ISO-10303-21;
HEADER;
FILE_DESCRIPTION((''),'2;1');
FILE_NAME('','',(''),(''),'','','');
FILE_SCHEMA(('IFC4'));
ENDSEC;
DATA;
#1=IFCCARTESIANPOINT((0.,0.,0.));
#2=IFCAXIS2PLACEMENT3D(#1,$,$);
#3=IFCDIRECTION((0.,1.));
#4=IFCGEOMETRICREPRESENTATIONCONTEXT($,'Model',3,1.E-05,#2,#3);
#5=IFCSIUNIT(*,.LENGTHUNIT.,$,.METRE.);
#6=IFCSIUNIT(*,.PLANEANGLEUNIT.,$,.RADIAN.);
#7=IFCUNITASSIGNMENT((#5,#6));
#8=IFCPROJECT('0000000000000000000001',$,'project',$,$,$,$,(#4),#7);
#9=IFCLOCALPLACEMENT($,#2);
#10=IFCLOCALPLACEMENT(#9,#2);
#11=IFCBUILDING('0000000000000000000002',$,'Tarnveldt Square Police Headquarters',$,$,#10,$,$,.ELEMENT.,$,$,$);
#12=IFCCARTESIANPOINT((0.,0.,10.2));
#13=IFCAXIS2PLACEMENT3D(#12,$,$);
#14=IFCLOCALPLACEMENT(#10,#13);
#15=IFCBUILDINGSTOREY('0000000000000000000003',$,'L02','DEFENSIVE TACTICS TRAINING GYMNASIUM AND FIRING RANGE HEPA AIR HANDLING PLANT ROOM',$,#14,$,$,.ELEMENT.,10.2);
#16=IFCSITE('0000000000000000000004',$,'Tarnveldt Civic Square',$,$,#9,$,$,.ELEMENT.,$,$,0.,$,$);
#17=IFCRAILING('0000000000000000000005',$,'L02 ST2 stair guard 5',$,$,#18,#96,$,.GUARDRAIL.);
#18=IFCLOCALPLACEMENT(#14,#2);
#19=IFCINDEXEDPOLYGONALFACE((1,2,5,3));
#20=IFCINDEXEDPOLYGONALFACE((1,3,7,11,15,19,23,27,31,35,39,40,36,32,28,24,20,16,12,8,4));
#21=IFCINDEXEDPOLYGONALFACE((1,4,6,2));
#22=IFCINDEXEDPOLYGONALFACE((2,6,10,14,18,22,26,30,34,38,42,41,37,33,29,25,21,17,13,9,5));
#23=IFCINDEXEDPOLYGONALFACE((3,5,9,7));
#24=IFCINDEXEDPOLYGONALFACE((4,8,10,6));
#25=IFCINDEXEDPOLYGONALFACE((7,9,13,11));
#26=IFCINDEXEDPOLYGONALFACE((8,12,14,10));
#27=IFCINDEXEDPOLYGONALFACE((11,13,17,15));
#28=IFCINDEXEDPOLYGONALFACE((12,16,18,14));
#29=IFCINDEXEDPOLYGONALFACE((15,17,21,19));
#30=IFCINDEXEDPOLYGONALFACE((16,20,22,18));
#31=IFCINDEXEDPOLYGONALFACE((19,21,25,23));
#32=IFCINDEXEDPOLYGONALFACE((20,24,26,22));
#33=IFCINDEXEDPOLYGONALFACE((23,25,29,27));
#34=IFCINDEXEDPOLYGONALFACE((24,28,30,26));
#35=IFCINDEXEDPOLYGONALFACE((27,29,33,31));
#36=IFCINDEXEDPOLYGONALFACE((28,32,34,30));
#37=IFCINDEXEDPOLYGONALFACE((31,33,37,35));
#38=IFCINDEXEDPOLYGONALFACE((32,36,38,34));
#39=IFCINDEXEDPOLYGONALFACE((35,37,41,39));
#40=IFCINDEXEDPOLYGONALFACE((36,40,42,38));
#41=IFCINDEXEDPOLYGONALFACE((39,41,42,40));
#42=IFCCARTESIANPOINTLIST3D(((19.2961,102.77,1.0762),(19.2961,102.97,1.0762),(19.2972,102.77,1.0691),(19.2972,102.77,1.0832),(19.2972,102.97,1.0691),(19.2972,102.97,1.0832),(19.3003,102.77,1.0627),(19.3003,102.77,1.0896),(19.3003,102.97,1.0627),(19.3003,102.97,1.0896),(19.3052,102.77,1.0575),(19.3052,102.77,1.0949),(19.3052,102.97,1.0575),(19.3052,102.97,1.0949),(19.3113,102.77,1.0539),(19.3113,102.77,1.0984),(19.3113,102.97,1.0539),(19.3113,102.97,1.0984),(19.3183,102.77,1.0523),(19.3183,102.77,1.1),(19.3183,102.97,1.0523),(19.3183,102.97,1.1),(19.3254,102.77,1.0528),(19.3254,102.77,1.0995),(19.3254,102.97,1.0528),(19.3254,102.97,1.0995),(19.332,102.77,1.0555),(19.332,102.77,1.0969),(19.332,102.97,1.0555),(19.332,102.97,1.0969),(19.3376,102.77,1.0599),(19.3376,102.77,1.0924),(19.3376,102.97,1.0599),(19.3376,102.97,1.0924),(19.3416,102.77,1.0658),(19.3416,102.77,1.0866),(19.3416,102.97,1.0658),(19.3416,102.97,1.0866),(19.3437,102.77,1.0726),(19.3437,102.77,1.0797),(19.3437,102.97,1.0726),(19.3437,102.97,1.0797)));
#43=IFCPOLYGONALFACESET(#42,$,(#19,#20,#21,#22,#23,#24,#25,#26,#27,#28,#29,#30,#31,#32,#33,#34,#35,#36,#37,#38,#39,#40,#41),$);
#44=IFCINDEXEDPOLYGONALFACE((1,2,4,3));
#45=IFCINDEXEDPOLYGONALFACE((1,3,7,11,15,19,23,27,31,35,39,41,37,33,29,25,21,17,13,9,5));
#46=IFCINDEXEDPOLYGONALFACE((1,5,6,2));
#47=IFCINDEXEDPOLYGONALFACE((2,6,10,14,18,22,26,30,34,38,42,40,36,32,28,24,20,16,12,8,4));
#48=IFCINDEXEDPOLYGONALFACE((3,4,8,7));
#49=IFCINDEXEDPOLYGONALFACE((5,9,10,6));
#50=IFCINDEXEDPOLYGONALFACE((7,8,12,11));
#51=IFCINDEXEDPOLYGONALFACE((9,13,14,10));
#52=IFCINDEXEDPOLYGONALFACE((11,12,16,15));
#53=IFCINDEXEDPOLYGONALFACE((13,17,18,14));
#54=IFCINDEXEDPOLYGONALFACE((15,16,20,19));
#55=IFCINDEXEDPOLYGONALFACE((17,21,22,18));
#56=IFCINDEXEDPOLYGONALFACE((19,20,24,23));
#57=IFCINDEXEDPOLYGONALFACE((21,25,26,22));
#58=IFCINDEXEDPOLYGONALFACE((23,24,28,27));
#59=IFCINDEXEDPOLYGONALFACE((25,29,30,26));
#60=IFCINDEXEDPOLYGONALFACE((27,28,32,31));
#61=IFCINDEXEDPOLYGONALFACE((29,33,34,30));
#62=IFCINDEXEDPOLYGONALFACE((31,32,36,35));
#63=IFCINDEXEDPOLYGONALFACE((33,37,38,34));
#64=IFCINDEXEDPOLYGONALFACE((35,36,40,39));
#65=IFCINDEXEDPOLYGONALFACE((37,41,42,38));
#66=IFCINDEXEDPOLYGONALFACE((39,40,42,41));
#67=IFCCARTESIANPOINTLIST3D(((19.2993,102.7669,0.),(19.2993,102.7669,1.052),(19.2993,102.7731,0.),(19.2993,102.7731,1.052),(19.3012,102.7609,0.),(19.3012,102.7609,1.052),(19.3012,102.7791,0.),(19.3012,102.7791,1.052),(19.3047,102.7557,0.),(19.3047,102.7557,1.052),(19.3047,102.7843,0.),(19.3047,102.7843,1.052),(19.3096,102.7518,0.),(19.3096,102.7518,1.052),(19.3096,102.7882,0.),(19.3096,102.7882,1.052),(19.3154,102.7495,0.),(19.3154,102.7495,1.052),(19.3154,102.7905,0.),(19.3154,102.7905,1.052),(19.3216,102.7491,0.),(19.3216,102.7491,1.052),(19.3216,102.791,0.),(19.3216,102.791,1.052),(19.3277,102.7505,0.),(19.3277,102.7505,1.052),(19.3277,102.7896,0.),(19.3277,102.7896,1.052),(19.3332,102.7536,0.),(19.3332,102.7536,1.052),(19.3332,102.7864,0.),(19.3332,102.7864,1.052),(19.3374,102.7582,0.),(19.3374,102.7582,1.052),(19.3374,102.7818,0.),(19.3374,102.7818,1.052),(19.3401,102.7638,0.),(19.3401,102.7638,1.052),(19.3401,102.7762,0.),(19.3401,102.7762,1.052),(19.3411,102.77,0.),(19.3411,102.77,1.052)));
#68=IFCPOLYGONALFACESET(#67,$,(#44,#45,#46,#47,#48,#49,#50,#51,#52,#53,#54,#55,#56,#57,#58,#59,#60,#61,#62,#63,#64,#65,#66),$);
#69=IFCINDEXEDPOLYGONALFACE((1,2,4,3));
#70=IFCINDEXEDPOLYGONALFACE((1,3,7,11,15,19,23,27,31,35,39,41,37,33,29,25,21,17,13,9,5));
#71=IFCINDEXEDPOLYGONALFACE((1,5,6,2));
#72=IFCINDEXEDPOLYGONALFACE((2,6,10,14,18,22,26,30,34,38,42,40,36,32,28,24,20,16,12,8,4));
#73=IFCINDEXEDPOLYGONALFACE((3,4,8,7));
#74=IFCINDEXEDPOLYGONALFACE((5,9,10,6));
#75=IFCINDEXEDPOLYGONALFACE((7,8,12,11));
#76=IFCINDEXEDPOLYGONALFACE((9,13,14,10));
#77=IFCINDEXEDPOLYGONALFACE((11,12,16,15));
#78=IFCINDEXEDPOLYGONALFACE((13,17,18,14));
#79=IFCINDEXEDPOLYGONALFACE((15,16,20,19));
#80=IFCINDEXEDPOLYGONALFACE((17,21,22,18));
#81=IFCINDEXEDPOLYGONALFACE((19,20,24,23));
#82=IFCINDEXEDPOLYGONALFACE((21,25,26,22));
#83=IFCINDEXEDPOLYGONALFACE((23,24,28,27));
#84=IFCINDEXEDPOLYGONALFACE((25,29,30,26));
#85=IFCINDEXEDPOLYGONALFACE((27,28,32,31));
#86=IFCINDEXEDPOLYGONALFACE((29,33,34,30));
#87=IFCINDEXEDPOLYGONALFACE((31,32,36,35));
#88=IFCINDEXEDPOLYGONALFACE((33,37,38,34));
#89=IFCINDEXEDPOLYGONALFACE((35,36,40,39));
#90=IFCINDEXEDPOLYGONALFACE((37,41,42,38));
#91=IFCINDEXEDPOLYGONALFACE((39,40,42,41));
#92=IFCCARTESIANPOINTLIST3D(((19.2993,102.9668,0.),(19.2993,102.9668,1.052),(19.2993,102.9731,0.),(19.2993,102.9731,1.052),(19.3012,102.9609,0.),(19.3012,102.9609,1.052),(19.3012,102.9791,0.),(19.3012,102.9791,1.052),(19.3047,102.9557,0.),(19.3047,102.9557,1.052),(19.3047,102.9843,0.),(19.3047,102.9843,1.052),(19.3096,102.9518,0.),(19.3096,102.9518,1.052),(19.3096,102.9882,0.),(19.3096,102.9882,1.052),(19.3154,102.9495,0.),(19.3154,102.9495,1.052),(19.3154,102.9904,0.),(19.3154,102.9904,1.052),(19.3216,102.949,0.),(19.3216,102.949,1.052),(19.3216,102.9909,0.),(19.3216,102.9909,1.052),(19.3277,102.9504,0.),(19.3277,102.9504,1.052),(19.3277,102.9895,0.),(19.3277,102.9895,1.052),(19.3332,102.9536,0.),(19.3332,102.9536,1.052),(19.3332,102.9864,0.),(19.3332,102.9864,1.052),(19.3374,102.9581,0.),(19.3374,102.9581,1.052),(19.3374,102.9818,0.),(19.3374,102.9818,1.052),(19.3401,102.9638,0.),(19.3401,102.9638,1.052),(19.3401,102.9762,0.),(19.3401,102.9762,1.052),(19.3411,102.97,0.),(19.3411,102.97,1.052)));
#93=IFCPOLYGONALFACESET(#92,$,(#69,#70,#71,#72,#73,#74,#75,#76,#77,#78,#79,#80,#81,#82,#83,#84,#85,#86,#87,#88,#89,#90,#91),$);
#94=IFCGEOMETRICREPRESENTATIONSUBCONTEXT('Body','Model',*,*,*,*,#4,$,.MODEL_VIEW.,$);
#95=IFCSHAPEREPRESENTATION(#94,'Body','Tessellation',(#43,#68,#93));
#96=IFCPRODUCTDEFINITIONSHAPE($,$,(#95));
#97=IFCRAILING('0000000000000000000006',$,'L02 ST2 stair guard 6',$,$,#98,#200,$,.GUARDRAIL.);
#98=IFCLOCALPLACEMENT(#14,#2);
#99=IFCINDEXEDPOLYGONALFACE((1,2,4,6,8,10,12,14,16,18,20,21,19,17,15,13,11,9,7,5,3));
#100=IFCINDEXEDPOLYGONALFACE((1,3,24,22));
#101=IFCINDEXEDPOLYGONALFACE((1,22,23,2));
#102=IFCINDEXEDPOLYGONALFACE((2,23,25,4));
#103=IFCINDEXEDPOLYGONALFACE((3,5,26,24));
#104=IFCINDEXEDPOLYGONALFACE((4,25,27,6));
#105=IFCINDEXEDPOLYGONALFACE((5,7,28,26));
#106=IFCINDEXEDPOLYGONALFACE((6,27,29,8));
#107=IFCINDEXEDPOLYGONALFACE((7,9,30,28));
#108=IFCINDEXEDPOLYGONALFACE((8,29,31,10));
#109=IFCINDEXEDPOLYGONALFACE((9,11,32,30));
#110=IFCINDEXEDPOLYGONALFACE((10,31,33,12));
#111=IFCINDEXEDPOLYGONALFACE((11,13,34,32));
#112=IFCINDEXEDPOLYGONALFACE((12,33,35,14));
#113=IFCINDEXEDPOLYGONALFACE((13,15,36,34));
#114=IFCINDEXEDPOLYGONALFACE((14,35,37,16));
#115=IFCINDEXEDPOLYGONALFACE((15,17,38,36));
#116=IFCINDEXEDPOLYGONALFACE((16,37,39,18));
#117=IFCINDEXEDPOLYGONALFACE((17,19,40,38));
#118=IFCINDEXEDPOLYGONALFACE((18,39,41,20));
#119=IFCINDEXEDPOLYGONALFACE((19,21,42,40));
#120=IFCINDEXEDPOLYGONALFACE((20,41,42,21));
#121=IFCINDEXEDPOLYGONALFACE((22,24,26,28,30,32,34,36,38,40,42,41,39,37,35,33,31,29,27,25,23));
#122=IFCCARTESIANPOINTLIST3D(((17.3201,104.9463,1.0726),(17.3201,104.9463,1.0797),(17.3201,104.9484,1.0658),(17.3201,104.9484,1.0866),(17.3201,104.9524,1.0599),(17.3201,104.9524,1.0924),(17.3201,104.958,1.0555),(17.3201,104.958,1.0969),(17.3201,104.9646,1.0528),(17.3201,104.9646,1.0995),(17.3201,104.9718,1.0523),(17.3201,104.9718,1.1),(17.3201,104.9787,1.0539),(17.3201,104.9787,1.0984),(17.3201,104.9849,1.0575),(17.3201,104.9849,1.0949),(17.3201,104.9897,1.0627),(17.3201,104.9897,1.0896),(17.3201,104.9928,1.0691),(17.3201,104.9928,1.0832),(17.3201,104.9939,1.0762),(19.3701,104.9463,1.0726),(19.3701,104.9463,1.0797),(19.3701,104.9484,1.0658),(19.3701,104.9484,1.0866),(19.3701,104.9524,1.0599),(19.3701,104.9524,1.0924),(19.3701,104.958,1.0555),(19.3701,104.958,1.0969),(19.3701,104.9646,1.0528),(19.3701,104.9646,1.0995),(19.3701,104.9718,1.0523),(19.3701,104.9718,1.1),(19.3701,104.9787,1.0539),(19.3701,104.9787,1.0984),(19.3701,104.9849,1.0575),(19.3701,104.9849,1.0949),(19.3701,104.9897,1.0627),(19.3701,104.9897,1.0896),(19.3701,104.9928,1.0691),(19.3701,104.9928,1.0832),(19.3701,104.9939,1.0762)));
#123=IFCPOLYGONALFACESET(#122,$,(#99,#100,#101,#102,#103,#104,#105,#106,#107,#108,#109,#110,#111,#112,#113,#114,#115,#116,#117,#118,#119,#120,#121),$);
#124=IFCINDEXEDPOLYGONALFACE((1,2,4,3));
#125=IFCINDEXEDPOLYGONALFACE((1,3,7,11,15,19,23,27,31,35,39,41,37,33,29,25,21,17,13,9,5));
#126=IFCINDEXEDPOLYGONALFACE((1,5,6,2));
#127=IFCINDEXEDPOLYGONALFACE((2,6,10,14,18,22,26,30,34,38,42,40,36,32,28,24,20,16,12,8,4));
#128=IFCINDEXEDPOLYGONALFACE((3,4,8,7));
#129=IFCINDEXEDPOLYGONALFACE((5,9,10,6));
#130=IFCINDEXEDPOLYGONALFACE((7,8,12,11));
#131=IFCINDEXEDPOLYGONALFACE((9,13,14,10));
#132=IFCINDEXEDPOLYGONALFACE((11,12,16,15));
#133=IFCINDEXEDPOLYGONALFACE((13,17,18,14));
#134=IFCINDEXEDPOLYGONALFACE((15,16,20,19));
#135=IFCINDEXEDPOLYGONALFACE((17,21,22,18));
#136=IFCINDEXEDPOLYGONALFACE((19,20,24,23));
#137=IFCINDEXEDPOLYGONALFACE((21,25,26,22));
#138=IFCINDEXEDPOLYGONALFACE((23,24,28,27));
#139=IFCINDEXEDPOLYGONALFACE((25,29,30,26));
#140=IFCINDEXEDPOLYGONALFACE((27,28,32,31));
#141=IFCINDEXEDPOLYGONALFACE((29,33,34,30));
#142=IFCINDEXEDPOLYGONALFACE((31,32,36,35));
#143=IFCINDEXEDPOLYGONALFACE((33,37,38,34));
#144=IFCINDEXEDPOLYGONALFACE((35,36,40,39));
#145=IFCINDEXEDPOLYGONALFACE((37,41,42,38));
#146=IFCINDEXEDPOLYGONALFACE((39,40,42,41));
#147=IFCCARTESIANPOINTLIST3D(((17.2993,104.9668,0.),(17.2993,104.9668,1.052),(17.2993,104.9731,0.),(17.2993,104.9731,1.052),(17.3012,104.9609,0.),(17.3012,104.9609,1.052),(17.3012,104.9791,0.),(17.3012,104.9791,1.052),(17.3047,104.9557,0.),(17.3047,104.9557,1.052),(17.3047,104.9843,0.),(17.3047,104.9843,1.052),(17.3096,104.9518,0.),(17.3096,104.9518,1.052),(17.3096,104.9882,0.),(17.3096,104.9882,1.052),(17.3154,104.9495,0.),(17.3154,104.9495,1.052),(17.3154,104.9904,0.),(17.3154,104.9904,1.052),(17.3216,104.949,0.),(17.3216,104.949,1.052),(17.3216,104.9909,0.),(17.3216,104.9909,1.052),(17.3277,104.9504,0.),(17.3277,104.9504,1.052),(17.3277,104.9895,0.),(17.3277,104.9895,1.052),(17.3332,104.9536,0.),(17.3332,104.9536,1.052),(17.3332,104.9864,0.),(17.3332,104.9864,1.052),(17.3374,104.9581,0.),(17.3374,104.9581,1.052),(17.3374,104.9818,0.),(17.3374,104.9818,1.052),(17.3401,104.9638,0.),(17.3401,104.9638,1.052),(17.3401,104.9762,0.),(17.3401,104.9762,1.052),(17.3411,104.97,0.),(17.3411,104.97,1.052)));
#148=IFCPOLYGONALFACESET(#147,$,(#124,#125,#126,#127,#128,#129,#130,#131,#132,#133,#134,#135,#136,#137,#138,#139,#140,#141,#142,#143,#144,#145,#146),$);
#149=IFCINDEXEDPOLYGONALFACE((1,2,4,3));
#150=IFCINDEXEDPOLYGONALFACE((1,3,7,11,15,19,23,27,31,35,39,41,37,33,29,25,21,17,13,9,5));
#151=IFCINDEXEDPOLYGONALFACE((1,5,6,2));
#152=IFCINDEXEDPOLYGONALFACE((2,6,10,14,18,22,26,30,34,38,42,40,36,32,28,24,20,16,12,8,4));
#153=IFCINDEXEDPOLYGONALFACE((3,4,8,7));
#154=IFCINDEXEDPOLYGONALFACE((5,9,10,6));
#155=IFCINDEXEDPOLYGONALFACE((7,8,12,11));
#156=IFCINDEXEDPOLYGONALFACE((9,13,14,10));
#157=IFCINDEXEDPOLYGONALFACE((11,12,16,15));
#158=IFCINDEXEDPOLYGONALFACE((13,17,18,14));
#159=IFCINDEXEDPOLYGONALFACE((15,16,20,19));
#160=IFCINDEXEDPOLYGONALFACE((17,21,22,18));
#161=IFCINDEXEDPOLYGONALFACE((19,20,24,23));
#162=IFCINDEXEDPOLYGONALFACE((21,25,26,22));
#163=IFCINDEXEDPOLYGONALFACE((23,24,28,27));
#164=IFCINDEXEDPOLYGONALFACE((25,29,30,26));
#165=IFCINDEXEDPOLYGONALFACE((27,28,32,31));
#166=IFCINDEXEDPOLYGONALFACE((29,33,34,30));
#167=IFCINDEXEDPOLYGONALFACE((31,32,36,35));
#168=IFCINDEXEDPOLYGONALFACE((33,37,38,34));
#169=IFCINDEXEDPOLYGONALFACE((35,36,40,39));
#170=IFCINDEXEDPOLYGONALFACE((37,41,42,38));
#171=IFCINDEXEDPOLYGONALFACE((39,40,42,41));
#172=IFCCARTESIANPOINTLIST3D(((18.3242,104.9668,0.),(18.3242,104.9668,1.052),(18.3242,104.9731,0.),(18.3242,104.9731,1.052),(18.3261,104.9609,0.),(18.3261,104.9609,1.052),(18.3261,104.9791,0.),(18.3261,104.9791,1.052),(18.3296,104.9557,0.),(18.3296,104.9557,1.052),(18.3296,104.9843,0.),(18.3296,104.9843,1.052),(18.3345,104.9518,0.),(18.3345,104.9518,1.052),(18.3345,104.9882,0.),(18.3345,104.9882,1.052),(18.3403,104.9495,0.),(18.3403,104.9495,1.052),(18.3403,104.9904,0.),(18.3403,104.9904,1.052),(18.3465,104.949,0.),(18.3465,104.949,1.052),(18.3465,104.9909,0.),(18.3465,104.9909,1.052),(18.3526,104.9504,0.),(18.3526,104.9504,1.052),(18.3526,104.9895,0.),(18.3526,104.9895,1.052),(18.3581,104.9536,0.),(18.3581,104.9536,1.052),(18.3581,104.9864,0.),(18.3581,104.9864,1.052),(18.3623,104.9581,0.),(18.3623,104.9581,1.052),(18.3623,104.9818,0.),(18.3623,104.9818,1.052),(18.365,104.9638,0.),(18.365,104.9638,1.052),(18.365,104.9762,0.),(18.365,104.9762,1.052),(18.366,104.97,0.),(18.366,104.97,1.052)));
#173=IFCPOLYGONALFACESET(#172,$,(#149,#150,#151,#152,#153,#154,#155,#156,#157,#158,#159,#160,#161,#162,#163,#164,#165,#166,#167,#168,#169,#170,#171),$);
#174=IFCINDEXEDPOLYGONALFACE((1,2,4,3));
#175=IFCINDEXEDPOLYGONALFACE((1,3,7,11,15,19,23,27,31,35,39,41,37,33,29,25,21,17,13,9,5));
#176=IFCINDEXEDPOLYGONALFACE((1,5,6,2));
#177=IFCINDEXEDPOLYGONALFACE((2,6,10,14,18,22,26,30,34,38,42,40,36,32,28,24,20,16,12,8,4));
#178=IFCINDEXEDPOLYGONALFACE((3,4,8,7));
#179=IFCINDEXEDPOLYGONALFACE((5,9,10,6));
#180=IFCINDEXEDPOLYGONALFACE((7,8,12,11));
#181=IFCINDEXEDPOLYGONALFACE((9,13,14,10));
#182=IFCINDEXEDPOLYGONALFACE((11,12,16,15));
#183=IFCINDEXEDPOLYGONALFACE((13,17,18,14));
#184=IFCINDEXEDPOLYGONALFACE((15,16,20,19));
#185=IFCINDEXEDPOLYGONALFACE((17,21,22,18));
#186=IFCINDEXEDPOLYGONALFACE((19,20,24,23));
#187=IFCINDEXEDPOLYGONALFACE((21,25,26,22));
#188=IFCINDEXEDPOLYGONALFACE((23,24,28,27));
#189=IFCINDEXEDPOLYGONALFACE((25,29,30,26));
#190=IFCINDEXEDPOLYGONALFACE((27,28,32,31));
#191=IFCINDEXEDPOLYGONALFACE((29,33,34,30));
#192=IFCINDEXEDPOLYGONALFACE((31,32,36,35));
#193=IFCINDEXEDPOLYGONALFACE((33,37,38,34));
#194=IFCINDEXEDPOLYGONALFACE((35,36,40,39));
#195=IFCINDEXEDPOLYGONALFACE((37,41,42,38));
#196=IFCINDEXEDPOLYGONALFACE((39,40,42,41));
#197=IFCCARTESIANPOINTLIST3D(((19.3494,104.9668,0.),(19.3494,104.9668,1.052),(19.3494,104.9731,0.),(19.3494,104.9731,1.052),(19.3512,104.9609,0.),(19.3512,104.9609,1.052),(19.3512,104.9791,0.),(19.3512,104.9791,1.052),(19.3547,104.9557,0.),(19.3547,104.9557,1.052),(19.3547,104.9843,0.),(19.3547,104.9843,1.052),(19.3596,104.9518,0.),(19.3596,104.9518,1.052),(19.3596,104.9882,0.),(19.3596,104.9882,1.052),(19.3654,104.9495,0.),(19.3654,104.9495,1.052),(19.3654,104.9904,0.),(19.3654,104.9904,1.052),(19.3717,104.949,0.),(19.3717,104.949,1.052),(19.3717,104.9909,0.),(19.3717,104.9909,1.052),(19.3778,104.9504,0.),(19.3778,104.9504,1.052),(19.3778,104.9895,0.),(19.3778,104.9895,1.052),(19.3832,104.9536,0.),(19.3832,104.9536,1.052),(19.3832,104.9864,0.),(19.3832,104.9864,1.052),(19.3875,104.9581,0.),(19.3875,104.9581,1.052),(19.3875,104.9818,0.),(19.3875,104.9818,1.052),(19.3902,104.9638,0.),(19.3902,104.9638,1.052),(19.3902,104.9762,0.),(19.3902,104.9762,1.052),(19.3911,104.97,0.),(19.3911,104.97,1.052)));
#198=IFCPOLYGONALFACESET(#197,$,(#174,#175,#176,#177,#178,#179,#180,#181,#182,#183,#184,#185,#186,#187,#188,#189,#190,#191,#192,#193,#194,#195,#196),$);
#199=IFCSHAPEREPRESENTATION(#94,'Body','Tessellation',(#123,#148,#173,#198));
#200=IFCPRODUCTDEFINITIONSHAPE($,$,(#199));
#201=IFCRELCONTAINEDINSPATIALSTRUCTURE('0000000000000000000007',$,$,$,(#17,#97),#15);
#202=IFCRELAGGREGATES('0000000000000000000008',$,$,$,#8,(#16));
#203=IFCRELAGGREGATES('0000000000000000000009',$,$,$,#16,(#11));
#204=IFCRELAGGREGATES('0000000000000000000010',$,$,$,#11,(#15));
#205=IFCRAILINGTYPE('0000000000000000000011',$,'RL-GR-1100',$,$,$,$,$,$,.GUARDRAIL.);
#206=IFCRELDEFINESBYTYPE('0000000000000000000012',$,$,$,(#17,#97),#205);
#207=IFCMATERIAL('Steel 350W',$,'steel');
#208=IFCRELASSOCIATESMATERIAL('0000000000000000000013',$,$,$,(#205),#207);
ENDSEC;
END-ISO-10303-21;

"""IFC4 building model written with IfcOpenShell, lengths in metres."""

from ifc_helpers import new_model, si_unit, direction, frame, origin, origin_2d, place, context, subcontext, project, spatial, circle, extrude, material, type_object, element, save


model = new_model("IFC4")

# Units and contexts
model_context = context("Model", 3, precision=1e-05, world=origin(), true_north=direction((0.0, 1.0)))
body_context = subcontext(model_context, "Body", "Model", "MODEL_VIEW")
ifc_project = project(units=[si_unit("LENGTHUNIT", "METRE"), si_unit("PLANEANGLEUNIT", "RADIAN")], contexts=[model_context])

# Site, building, storey
site_placement = place(None, origin())
site = spatial("IfcSite", under=ifc_project, at=site_placement, Name="Tarnveldt Civic Square", CompositionType="ELEMENT", RefElevation=0.0)
building_placement = place(site_placement, origin())
building = spatial("IfcBuilding", under=site, at=building_placement, Name="Tarnveldt Square Police Headquarters", CompositionType="ELEMENT")
storey_placement = place(building_placement, frame((0.0, 0.0, 10.2)))
storey = spatial("IfcBuildingStorey", under=building, at=storey_placement, Name="L02", Description="DEFENSIVE TACTICS TRAINING GYMNASIUM AND FIRING RANGE HEPA AIR HANDLING PLANT ROOM", CompositionType="ELEMENT", Elevation=10.2)

# Shared definitions
ifc_material_1 = material(Name="Steel 350W", Category="steel")

# Railings
railing_type_1 = type_object("IfcRailingType", Name="RL-GR-1100", PredefinedType="GUARDRAIL", material=ifc_material_1)
railing_1_placement = place(storey_placement, frame((19.3201, 102.77, 0.0)))
element("IfcRailing", 1, at=railing_1_placement, inside=storey, type_object=railing_type_1, Name="L02 ST2 stair guard 5", PredefinedType="GUARDRAIL", context=body_context, shape_type="SweptSolid", body=[
    extrude(circle(Radius=0.0239, at=origin_2d()), frame((0.0, 0.0, 1.0762), z_axis=(0.0, 1.0, 0.0), x_axis=(-1.0, 0.0, 0.0)), (0.0, 0.0, 1.0), 0.2),
    extrude(circle(Radius=0.021, at=origin_2d()), origin(), (0.0, 0.0, 1.0), 1.052),
    extrude(circle(Radius=0.021, at=origin_2d()), frame((0.0, 0.2, 0.0)), (0.0, 0.0, 1.0), 1.052),
])
railing_2_placement = place(storey_placement, frame((17.3201, 104.97, 0.0)))
element("IfcRailing", 2, at=railing_2_placement, inside=storey, type_object=railing_type_1, Name="L02 ST2 stair guard 6", PredefinedType="GUARDRAIL", context=body_context, shape_type="SweptSolid", body=[
    extrude(circle(Radius=0.0239, at=origin_2d()), frame((0.0, 0.0, 1.0762), z_axis=(1.0, 0.0, 0.0), x_axis=(0.0, 1.0, 0.0)), (0.0, 0.0, 1.0), 2.05),
    extrude(circle(Radius=0.021, at=origin_2d()), origin(), (0.0, 0.0, 1.0), 1.052),
    extrude(circle(Radius=0.021, at=origin_2d()), frame((1.0249, 0.0, 0.0)), (0.0, 0.0, 1.0), 1.052),
    extrude(circle(Radius=0.021, at=origin_2d()), frame((2.05, 0.0, 0.0)), (0.0, 0.0, 1.0), 1.052),
])

save(model, "model.ifc")
